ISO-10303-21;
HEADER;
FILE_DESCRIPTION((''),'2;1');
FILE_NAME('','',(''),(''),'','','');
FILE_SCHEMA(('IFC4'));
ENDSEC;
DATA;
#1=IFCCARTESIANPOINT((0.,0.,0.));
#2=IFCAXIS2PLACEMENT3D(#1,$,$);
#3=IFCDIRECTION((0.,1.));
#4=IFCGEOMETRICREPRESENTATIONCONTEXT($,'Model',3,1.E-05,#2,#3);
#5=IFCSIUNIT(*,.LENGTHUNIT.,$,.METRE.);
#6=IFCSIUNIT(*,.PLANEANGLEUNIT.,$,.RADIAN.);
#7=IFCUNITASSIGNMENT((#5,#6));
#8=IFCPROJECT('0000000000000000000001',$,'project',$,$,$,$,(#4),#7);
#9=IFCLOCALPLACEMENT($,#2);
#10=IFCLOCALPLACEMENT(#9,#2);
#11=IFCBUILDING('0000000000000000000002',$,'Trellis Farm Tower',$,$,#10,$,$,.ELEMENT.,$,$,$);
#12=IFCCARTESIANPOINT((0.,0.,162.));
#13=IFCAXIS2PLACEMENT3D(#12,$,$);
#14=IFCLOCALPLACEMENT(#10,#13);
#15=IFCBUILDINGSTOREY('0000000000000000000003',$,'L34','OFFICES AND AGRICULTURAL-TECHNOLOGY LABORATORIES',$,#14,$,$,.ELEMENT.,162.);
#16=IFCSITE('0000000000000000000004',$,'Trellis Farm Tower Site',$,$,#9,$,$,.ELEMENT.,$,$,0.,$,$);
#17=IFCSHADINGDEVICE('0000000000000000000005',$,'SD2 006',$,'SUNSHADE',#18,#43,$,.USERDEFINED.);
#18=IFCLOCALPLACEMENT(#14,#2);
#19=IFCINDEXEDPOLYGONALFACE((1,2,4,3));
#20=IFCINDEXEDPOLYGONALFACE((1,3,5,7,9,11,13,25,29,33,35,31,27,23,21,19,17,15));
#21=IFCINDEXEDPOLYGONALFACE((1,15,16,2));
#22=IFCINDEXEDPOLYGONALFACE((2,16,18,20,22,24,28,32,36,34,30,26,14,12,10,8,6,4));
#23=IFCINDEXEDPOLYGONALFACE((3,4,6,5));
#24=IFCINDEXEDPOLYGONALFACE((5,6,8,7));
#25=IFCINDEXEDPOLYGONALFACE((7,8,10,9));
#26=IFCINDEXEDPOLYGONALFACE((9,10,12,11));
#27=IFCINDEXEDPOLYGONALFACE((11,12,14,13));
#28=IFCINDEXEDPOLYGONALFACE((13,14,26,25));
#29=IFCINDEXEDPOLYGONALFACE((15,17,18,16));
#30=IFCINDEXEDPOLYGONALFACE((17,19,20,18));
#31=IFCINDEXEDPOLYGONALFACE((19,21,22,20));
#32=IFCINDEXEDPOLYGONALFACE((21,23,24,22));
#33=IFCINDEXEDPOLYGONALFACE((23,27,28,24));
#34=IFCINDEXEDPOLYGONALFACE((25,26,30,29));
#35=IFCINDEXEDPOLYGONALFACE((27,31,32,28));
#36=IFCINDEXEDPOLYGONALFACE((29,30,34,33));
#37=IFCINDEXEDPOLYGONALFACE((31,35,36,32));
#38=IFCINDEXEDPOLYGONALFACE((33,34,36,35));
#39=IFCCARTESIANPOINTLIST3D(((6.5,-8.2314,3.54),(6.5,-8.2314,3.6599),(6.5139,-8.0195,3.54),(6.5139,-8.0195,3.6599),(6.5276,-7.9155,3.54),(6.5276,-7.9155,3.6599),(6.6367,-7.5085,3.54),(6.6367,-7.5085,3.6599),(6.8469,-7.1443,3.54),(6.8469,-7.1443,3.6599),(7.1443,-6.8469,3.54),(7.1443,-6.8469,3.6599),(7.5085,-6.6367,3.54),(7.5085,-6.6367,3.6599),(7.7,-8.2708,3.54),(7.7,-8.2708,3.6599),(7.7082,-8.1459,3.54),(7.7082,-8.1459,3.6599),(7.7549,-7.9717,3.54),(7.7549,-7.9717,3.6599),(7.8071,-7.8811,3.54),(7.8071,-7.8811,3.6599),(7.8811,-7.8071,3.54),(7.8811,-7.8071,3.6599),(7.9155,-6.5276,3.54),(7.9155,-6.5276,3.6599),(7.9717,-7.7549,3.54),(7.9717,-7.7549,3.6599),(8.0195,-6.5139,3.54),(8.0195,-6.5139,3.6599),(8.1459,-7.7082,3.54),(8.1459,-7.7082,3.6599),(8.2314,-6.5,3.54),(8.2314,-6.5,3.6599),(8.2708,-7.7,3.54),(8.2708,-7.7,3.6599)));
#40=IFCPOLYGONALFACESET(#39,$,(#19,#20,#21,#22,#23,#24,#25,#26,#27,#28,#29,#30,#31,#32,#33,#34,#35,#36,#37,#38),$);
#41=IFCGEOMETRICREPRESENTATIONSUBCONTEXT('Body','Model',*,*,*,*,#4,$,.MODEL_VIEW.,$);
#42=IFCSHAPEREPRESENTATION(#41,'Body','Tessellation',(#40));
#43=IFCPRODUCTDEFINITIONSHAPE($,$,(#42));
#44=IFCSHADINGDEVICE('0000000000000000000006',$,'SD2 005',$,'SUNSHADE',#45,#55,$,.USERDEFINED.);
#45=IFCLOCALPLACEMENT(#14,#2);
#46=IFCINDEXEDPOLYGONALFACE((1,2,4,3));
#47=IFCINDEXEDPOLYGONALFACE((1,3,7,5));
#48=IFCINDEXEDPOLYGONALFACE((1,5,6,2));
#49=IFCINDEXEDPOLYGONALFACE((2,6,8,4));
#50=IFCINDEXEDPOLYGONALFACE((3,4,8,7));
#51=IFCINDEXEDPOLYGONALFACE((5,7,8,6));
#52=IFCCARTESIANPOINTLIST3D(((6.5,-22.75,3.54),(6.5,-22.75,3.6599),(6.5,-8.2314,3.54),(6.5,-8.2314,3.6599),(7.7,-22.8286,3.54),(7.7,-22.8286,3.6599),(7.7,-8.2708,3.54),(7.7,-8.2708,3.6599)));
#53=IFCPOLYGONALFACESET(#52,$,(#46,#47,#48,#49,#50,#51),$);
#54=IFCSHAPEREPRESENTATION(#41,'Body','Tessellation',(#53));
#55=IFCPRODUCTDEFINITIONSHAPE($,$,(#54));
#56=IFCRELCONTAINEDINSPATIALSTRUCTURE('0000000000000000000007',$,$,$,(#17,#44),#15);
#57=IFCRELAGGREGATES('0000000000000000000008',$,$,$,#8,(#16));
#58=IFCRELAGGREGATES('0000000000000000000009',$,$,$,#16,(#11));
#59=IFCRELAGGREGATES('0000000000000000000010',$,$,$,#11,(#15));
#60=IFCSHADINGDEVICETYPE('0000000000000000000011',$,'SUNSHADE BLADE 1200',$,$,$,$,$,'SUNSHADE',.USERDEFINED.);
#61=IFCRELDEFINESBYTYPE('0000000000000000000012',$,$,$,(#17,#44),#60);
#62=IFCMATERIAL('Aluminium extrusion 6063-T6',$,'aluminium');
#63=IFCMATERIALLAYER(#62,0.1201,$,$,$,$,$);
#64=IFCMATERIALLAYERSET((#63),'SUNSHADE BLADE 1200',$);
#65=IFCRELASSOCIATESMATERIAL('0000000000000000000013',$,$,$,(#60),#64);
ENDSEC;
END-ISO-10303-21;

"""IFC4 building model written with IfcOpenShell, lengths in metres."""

from ifc_helpers import new_model, si_unit, direction, frame, origin, place, context, subcontext, project, spatial, polyline, outline, extrude, source, transform, mapped, material, layer, layer_set, type_object, element, save


model = new_model("IFC4")

# Units and contexts
model_context = context("Model", 3, precision=1e-05, world=origin(), true_north=direction((0.0, 1.0)))
body_context = subcontext(model_context, "Body", "Model", "MODEL_VIEW")
ifc_project = project(units=[si_unit("LENGTHUNIT", "METRE"), si_unit("PLANEANGLEUNIT", "RADIAN")], contexts=[model_context])

# Site, building, storey
site_placement = place(None, origin())
site = spatial("IfcSite", under=ifc_project, at=site_placement, Name="Trellis Farm Tower Site", CompositionType="ELEMENT", RefElevation=0.0)
building_placement = place(site_placement, origin())
building = spatial("IfcBuilding", under=site, at=building_placement, Name="Trellis Farm Tower", CompositionType="ELEMENT")
storey_placement = place(building_placement, frame((0.0, 0.0, 162.0)))
storey = spatial("IfcBuildingStorey", under=building, at=storey_placement, Name="L34", Description="OFFICES AND AGRICULTURAL-TECHNOLOGY LABORATORIES", CompositionType="ELEMENT", Elevation=162.0)

# Shared definitions
ifc_material_1 = material(Name="Aluminium extrusion 6063-T6", Category="aluminium")

# Shading devices
ifc_layer_1 = layer(ifc_material_1, 0.1201)
ifc_layer_set_1 = layer_set([ifc_layer_1], Name="SUNSHADE BLADE 1200")
shading_device_type = type_object("IfcShadingDeviceType", Name="SUNSHADE BLADE 1200", ElementType="SUNSHADE", PredefinedType="USERDEFINED", material=ifc_layer_set_1)
shared_shape_1 = source(origin(), body_context, "Body", "SweptSolid", [
    extrude(outline(polyline([(7.7, -8.2708), (7.7087, -8.1372), (7.707, -8.1501), (7.7549, -7.9717), (7.8071, -7.8811), (7.8811, -7.8071), (7.9717, -7.7549), (8.1501, -7.707), (8.1372, -7.7087), (8.2708, -7.7), (8.2314, -6.5), (8.0195, -6.5139), (7.9155, -6.5276), (7.5085, -6.6367), (7.1443, -6.8469), (6.8469, -7.1443), (6.6367, -7.5085), (6.5276, -7.9155), (6.5139, -8.0195), (6.5, -8.2314), (7.7, -8.2708)])), origin(), (0.0, 0.0, 1.0), 0.1199),
])
placement_1 = place(storey_placement, frame((0.0, 0.0, 3.54)))
element("IfcShadingDevice", 1, at=placement_1, inside=storey, type_object=shading_device_type, Name="SD2 006", ObjectType="SUNSHADE", PredefinedType="USERDEFINED", context=body_context, shape_type="MappedRepresentation", body=[
    mapped(shared_shape_1, transform((0.0, 0.0, 0.0))),
])
shared_shape_2 = source(origin(), body_context, "Body", "SweptSolid", [
    extrude(outline(polyline([(7.7, -22.8286), (7.7, -8.2708), (6.5, -8.2314), (6.5, -22.75), (7.7, -22.8286)])), origin(), (0.0, 0.0, 1.0), 0.1199),
])
element("IfcShadingDevice", 2, at=placement_1, inside=storey, type_object=shading_device_type, Name="SD2 005", ObjectType="SUNSHADE", PredefinedType="USERDEFINED", context=body_context, shape_type="MappedRepresentation", body=[
    mapped(shared_shape_2, transform((0.0, 0.0, 0.0))),
])

save(model, "model.ifc")
